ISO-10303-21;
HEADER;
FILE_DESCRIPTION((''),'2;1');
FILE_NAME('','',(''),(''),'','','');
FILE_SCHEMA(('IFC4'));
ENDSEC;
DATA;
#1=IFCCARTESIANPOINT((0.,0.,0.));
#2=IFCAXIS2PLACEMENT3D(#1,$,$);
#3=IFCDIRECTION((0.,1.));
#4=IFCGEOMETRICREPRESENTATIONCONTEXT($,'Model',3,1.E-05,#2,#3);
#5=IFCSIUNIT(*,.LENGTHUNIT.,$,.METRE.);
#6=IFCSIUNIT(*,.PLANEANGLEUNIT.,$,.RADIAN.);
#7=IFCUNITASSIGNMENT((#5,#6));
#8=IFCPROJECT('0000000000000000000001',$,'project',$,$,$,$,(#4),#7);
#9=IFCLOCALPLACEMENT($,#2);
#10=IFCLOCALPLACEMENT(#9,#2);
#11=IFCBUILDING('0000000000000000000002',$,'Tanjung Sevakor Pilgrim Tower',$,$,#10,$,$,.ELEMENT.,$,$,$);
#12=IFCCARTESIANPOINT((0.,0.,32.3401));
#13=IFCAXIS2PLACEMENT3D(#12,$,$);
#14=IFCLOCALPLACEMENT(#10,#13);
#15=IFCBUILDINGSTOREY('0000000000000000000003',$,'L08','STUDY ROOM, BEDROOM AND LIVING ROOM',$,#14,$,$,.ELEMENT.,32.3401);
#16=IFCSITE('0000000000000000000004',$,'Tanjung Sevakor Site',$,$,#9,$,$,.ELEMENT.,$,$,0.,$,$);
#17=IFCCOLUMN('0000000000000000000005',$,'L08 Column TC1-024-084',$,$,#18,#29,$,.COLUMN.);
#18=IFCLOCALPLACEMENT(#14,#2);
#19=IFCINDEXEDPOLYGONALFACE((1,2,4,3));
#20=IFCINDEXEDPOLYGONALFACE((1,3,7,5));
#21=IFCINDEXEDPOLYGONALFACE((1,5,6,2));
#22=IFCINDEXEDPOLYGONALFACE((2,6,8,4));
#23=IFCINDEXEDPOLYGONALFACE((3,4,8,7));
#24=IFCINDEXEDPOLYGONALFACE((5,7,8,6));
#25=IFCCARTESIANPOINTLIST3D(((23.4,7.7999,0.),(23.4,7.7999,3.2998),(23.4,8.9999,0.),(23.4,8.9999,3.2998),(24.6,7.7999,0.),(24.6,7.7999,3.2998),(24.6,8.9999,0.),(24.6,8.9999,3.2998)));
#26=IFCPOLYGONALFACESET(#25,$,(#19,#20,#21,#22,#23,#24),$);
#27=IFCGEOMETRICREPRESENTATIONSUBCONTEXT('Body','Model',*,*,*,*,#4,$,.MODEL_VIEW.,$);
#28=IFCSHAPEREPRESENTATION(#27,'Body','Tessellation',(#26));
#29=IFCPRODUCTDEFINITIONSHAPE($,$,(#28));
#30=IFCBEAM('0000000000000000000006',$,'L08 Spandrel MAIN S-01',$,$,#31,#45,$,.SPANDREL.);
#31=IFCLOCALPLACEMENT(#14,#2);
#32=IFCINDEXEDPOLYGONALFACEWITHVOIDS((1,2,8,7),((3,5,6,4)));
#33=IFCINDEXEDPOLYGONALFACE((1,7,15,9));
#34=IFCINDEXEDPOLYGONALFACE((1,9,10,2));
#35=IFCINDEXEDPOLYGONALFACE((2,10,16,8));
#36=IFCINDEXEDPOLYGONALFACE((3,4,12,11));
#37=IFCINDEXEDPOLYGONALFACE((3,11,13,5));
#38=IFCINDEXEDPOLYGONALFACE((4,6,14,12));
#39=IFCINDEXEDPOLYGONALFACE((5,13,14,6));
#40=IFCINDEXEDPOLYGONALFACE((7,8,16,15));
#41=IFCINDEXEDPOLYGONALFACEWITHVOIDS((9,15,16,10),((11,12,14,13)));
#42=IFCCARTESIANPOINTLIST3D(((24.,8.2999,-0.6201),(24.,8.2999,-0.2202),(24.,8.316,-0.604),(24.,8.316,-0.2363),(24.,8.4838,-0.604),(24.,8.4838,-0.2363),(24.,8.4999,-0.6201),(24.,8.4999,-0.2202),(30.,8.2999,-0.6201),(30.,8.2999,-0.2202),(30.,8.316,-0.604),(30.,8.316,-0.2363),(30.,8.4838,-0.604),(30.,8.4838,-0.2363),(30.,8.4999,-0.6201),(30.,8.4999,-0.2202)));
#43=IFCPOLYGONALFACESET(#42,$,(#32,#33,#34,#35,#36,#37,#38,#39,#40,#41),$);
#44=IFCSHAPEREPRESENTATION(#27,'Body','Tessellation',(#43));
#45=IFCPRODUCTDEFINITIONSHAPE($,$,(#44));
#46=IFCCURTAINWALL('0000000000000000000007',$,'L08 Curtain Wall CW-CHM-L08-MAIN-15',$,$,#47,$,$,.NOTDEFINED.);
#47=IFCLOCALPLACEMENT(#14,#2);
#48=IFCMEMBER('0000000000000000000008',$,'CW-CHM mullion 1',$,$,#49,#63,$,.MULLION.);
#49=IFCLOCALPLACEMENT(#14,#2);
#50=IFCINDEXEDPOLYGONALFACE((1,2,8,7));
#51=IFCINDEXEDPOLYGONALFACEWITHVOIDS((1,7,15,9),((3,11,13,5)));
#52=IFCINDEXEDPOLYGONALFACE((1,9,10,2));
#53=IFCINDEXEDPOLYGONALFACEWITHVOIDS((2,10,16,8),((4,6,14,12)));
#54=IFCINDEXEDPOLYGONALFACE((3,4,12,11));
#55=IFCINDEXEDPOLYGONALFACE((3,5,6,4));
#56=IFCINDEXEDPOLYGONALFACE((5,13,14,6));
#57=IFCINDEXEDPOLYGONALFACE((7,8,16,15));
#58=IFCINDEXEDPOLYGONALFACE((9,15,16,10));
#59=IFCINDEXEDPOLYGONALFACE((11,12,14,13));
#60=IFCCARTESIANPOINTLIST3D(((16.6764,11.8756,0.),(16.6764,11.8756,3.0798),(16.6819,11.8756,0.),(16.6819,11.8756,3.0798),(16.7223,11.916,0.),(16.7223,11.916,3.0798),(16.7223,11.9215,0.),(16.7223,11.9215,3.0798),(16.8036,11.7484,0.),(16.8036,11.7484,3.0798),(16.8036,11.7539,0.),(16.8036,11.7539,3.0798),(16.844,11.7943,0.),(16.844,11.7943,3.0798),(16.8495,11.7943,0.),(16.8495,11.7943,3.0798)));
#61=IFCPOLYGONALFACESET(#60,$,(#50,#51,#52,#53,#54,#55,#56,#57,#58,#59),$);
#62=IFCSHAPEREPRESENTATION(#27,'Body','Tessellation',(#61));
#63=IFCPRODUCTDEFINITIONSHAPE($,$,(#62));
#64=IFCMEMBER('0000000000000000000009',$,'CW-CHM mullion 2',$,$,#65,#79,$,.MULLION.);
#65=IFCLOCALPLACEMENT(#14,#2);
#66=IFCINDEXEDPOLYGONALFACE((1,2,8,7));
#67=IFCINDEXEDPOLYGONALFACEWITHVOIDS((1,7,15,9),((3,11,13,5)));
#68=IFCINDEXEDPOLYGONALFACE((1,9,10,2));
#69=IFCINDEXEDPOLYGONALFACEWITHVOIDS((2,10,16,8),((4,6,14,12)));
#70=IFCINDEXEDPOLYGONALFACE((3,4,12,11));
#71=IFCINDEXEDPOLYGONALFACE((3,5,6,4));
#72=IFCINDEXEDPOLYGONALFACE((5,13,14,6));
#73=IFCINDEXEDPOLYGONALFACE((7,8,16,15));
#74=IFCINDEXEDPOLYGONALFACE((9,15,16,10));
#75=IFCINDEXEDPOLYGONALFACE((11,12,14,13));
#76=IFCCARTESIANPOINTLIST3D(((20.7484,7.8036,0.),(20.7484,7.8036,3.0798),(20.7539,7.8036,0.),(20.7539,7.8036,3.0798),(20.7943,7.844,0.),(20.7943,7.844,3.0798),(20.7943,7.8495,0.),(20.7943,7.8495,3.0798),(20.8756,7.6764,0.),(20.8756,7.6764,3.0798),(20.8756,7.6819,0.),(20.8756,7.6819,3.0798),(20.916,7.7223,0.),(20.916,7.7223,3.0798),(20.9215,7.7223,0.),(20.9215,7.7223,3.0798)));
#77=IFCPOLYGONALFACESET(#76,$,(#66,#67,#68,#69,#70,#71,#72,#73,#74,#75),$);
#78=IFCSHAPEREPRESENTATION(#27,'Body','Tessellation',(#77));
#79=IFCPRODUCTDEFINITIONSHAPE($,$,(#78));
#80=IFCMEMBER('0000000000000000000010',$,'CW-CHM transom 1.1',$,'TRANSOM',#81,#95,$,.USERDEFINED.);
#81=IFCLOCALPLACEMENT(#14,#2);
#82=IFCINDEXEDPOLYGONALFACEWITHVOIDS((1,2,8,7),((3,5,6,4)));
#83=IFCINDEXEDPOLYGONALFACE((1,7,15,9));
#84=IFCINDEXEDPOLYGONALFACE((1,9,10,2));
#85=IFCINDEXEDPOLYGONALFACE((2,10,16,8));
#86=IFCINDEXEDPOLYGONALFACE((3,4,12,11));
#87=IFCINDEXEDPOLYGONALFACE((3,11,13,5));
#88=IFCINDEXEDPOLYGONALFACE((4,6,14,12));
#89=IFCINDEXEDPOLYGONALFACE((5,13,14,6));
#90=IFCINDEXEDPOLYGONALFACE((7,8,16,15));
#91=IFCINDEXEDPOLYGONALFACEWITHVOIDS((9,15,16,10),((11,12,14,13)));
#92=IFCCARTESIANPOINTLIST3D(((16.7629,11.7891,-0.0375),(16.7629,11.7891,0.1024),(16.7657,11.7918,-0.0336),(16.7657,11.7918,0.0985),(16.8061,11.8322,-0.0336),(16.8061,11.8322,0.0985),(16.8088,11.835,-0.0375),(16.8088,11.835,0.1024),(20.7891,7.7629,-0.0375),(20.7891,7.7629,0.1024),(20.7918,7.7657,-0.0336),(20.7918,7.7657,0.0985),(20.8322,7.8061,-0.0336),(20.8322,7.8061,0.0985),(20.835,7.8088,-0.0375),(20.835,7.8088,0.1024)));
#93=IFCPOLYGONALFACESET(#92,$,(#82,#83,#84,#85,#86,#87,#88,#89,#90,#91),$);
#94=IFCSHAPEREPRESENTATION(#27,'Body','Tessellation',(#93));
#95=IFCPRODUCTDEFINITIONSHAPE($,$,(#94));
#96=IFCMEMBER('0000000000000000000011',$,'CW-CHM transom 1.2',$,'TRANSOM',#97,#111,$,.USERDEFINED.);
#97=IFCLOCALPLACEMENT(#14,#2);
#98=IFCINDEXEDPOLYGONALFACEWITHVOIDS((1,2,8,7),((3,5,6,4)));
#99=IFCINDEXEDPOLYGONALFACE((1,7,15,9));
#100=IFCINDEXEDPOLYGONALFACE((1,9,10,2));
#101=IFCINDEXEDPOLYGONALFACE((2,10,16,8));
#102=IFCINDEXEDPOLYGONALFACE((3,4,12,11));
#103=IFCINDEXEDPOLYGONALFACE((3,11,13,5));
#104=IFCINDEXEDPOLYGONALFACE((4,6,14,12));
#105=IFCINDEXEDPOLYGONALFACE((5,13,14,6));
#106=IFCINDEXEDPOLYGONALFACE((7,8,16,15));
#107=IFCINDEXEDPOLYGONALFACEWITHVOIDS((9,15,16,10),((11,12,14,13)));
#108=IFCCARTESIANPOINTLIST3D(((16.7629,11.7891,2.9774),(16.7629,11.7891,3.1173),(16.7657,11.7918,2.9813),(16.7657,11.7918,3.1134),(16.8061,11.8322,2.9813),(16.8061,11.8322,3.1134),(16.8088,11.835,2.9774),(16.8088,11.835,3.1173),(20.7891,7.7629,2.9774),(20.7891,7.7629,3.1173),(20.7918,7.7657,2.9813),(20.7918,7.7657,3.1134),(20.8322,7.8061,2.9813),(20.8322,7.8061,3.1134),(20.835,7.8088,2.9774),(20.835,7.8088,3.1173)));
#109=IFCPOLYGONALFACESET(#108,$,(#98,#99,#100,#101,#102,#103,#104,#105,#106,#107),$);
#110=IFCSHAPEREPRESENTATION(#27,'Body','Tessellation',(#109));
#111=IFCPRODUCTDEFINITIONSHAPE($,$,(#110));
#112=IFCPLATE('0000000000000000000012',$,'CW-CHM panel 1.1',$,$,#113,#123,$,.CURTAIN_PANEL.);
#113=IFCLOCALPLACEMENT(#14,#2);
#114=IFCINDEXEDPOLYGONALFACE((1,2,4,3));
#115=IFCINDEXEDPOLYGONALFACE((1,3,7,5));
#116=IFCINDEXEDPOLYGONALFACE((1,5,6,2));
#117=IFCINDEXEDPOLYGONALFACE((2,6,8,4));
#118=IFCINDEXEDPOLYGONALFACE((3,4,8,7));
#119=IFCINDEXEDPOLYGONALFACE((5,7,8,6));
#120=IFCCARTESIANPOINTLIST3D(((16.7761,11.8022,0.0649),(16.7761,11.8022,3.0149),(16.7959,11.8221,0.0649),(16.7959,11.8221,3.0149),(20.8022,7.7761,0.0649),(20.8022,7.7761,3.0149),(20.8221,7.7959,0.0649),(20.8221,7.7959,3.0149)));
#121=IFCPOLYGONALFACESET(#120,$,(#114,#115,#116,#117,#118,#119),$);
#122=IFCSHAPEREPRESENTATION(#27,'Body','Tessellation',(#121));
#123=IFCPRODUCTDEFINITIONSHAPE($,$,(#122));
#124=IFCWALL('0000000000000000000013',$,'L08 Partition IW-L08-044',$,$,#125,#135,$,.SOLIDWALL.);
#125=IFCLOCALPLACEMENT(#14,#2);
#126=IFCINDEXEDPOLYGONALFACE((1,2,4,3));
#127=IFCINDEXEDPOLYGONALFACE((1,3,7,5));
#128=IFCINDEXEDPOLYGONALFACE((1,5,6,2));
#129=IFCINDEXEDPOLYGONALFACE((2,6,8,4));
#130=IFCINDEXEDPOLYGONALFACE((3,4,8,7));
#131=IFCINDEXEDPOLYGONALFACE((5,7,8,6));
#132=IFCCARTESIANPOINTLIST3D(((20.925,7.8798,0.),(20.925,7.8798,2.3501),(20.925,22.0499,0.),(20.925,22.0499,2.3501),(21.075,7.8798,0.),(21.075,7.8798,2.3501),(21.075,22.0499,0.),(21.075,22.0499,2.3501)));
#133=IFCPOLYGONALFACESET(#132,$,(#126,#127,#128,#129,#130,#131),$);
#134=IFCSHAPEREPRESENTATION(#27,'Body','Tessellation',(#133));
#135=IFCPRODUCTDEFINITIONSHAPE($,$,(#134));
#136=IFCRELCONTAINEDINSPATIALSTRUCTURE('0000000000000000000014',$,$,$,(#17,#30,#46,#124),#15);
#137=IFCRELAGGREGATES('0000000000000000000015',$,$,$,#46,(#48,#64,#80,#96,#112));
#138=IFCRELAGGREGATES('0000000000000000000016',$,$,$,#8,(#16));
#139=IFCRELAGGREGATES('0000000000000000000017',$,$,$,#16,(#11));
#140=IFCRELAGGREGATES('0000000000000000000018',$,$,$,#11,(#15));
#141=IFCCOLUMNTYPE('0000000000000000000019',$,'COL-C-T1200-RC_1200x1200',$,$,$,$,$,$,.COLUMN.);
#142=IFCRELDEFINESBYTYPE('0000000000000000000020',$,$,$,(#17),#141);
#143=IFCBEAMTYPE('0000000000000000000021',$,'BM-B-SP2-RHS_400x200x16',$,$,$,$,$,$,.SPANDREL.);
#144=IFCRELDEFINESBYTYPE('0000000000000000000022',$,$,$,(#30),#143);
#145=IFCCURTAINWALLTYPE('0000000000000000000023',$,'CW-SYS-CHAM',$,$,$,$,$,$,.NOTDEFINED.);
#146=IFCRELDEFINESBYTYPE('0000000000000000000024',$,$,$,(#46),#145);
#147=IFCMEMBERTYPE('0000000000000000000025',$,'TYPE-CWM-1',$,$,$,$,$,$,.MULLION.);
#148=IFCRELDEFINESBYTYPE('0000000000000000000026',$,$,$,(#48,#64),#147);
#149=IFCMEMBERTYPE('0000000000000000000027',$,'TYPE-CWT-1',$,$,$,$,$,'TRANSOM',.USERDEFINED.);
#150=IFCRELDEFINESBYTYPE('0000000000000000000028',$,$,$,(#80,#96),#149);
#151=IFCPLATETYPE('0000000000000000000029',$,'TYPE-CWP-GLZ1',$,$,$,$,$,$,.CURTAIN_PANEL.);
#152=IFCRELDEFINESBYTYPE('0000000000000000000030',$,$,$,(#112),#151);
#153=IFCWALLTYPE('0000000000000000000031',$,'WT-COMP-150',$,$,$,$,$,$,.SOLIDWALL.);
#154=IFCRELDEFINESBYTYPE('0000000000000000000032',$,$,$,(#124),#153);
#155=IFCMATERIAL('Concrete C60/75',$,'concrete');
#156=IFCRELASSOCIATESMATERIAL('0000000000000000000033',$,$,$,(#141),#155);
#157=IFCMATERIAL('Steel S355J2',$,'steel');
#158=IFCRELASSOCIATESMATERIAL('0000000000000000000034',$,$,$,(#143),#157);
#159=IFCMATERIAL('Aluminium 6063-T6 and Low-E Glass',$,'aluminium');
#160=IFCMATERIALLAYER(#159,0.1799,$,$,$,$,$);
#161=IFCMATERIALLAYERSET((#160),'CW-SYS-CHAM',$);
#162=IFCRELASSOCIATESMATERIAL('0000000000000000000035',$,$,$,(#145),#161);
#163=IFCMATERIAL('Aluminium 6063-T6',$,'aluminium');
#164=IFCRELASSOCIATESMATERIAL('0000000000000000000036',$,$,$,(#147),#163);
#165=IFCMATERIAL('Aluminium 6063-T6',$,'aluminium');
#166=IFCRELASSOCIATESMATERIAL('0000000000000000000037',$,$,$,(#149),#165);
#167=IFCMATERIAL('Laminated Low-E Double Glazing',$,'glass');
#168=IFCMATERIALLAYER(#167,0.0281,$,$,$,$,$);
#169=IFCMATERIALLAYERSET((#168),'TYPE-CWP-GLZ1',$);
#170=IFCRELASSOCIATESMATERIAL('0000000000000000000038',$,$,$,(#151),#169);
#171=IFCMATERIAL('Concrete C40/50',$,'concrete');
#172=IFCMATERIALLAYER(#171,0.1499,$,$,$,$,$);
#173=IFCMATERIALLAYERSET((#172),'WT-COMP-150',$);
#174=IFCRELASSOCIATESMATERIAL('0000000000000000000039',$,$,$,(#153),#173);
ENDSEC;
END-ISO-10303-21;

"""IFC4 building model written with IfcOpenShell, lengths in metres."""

from ifc_helpers import new_model, si_unit, direction, frame, frame_2d, origin, origin_2d, place, context, subcontext, project, spatial, rectangle, hollow_rectangle, extrude, material, layer, layer_set, material_profile, profile_set, type_object, element, aggregate, save


model = new_model("IFC4")

# Units and contexts
model_context = context("Model", 3, precision=1e-05, world=origin(), true_north=direction((0.0, 1.0)))
body_context = subcontext(model_context, "Body", "Model", "MODEL_VIEW")
ifc_project = project(units=[si_unit("LENGTHUNIT", "METRE"), si_unit("PLANEANGLEUNIT", "RADIAN")], contexts=[model_context])

# Site, building, storey
site_placement = place(None, origin())
site = spatial("IfcSite", under=ifc_project, at=site_placement, Name="Tanjung Sevakor Site", CompositionType="ELEMENT", RefElevation=0.0)
building_placement = place(site_placement, origin())
building = spatial("IfcBuilding", under=site, at=building_placement, Name="Tanjung Sevakor Pilgrim Tower", CompositionType="ELEMENT")
storey_placement = place(building_placement, frame((0.0, 0.0, 32.3401)))
storey = spatial("IfcBuildingStorey", under=building, at=storey_placement, Name="L08", Description="STUDY ROOM, BEDROOM AND LIVING ROOM", CompositionType="ELEMENT", Elevation=32.3401)

# Column
ifc_material_1 = material(Name="Concrete C60/75", Category="concrete")
ifc_material_profile_1 = material_profile(ifc_material_1, rectangle(XDim=1.2, YDim=1.2, at=origin_2d()))
ifc_profile_set_1 = profile_set([ifc_material_profile_1], Name="Concrete C60/75")
column_type = type_object("IfcColumnType", Name="COL-C-T1200-RC_1200x1200", PredefinedType="COLUMN", material=ifc_profile_set_1)
column_placement = place(storey_placement, frame((24.0, 8.3999, 0.0), z_axis=(0.0, 0.0, 1.0), x_axis=(1.0, 0.0, 0.0)))
element("IfcColumn", 1, at=column_placement, inside=storey, type_object=column_type, Name="L08 Column TC1-024-084", PredefinedType="COLUMN", context=body_context, shape_type="SweptSolid", body=[
    extrude(rectangle(XDim=1.2, YDim=1.2, at=origin_2d()), origin(), (0.0, 0.0, 1.0), 3.2998),
])

# Beam
ifc_material_2 = material(Name="Steel S355J2", Category="steel")
ifc_material_profile_2 = material_profile(ifc_material_2, hollow_rectangle(XDim=0.2, YDim=0.3999, WallThickness=0.0161, at=origin_2d()))
ifc_profile_set_2 = profile_set([ifc_material_profile_2], Name="Steel S355J2")
beam_type = type_object("IfcBeamType", Name="BM-B-SP2-RHS_400x200x16", PredefinedType="SPANDREL", material=ifc_profile_set_2)
beam_placement = place(storey_placement, frame((24.0, 8.3999, -0.4202), z_axis=(1.0, 0.0, 0.0), x_axis=(0.0, 1.0, 0.0)))
element("IfcBeam", 2, at=beam_placement, inside=storey, type_object=beam_type, Name="L08 Spandrel MAIN S-01", PredefinedType="SPANDREL", context=body_context, shape_type="SweptSolid", body=[
    extrude(hollow_rectangle(XDim=0.2, YDim=0.3999, WallThickness=0.0161, at=origin_2d()), origin(), (0.0, 0.0, 1.0), 6.0),
])

# Curtain wall, members, plate
ifc_material_3 = material(Name="Aluminium 6063-T6 and Low-E Glass", Category="aluminium")
ifc_layer_1 = layer(ifc_material_3, 0.1799)
ifc_layer_set_1 = layer_set([ifc_layer_1], Name="CW-SYS-CHAM")
curtain_wall_type = type_object("IfcCurtainWallType", Name="CW-SYS-CHAM", PredefinedType="NOTDEFINED", material=ifc_layer_set_1)
curtain_wall_placement = place(storey_placement, origin())
curtain_wall = element("IfcCurtainWall", 3, at=curtain_wall_placement, inside=storey, type_object=curtain_wall_type, Name="L08 Curtain Wall CW-CHM-L08-MAIN-15", PredefinedType="NOTDEFINED")
ifc_material_4 = material(Name="Aluminium 6063-T6", Category="aluminium")
ifc_material_profile_3 = material_profile(ifc_material_4, hollow_rectangle(XDim=0.0649, YDim=0.1799, WallThickness=0.0039, at=origin_2d()))
ifc_profile_set_3 = profile_set([ifc_material_profile_3], Name="Aluminium 6063-T6")
member_type_1 = type_object("IfcMemberType", Name="TYPE-CWM-1", PredefinedType="MULLION", material=ifc_profile_set_3)
member_1_placement = place(storey_placement, frame((16.7629, 11.835, 0.0), z_axis=(0.0, 0.0, 1.0), x_axis=(0.707107, 0.707107, 0.0)))
member_1 = element("IfcMember", 4, at=member_1_placement, type_object=member_type_1, Name="CW-CHM mullion 1", PredefinedType="MULLION", context=body_context, shape_type="SweptSolid", body=[
    extrude(hollow_rectangle(XDim=0.0649, YDim=0.1799, WallThickness=0.0039, at=origin_2d()), origin(), (0.0, 0.0, 1.0), 3.0798),
])
member_2_placement = place(storey_placement, frame((20.835, 7.7629, 0.0), z_axis=(0.0, 0.0, 1.0), x_axis=(0.707107, 0.707107, 0.0)))
member_2 = element("IfcMember", 5, at=member_2_placement, type_object=member_type_1, Name="CW-CHM mullion 2", PredefinedType="MULLION", context=body_context, shape_type="SweptSolid", body=[
    extrude(hollow_rectangle(XDim=0.0649, YDim=0.1799, WallThickness=0.0039, at=origin_2d()), origin(), (0.0, 0.0, 1.0), 3.0798),
])
ifc_material_5 = material(Name="Aluminium 6063-T6", Category="aluminium")
ifc_material_profile_4 = material_profile(ifc_material_5, hollow_rectangle(XDim=0.0649, YDim=0.1399, WallThickness=0.0039, at=origin_2d()))
ifc_profile_set_4 = profile_set([ifc_material_profile_4], Name="Aluminium 6063-T6")
member_type_2 = type_object("IfcMemberType", Name="TYPE-CWT-1", ElementType="TRANSOM", PredefinedType="USERDEFINED", material=ifc_profile_set_4)
member_3_placement = place(storey_placement, frame((16.7859, 11.812, 0.0325), z_axis=(0.707107, -0.707107, 0.0), x_axis=(0.707107, 0.707107, 0.0)))
member_3 = element("IfcMember", 6, at=member_3_placement, type_object=member_type_2, Name="CW-CHM transom 1.1", ObjectType="TRANSOM", PredefinedType="USERDEFINED", context=body_context, shape_type="SweptSolid", body=[
    extrude(hollow_rectangle(XDim=0.0649, YDim=0.1399, WallThickness=0.0039, at=origin_2d()), origin(), (0.0, 0.0, 1.0), 5.6938),
])
member_4_placement = place(storey_placement, frame((16.7859, 11.812, 3.0474), z_axis=(0.707107, -0.707107, 0.0), x_axis=(0.707107, 0.707107, 0.0)))
member_4 = element("IfcMember", 7, at=member_4_placement, type_object=member_type_2, Name="CW-CHM transom 1.2", ObjectType="TRANSOM", PredefinedType="USERDEFINED", context=body_context, shape_type="SweptSolid", body=[
    extrude(hollow_rectangle(XDim=0.0649, YDim=0.1399, WallThickness=0.0039, at=origin_2d()), origin(), (0.0, 0.0, 1.0), 5.6938),
])
ifc_material_6 = material(Name="Laminated Low-E Double Glazing", Category="glass")
ifc_layer_2 = layer(ifc_material_6, 0.0281)
ifc_layer_set_2 = layer_set([ifc_layer_2], Name="TYPE-CWP-GLZ1")
plate_type = type_object("IfcPlateType", Name="TYPE-CWP-GLZ1", PredefinedType="CURTAIN_PANEL", material=ifc_layer_set_2)
plate_placement = place(storey_placement, frame((18.7991, 9.7991, 0.0649), z_axis=(0.0, 0.0, 1.0), x_axis=(0.707107, -0.707107, 0.0)))
plate = element("IfcPlate", 8, at=plate_placement, type_object=plate_type, Name="CW-CHM panel 1.1", PredefinedType="CURTAIN_PANEL", context=body_context, shape_type="SweptSolid", body=[
    extrude(rectangle(XDim=5.6938, YDim=0.0281, at=origin_2d()), origin(), (0.0, 0.0, 1.0), 2.95),
])
aggregate(curtain_wall, [member_1, member_2, member_3, member_4, plate])

# Wall
ifc_material_7 = material(Name="Concrete C40/50", Category="concrete")
ifc_layer_3 = layer(ifc_material_7, 0.1499)
ifc_layer_set_3 = layer_set([ifc_layer_3], Name="WT-COMP-150")
wall_type_1 = type_object("IfcWallType", Name="WT-COMP-150", PredefinedType="SOLIDWALL", material=ifc_layer_set_3)
wall_1_placement = place(storey_placement, frame((21.0, 7.8799, 0.0), z_axis=(0.0, 0.0, 1.0), x_axis=(0.0, 1.0, 0.0)))
element("IfcWall", 9, at=wall_1_placement, inside=storey, type_object=wall_type_1, Name="L08 Partition IW-L08-044", PredefinedType="SOLIDWALL", context=body_context, shape_type="SweptSolid", body=[
    extrude(rectangle(XDim=14.1702, YDim=0.1499, at=frame_2d((7.085, 0.0))), origin(), (0.0, 0.0, 1.0), 2.3501),
])

save(model, "model.ifc")
